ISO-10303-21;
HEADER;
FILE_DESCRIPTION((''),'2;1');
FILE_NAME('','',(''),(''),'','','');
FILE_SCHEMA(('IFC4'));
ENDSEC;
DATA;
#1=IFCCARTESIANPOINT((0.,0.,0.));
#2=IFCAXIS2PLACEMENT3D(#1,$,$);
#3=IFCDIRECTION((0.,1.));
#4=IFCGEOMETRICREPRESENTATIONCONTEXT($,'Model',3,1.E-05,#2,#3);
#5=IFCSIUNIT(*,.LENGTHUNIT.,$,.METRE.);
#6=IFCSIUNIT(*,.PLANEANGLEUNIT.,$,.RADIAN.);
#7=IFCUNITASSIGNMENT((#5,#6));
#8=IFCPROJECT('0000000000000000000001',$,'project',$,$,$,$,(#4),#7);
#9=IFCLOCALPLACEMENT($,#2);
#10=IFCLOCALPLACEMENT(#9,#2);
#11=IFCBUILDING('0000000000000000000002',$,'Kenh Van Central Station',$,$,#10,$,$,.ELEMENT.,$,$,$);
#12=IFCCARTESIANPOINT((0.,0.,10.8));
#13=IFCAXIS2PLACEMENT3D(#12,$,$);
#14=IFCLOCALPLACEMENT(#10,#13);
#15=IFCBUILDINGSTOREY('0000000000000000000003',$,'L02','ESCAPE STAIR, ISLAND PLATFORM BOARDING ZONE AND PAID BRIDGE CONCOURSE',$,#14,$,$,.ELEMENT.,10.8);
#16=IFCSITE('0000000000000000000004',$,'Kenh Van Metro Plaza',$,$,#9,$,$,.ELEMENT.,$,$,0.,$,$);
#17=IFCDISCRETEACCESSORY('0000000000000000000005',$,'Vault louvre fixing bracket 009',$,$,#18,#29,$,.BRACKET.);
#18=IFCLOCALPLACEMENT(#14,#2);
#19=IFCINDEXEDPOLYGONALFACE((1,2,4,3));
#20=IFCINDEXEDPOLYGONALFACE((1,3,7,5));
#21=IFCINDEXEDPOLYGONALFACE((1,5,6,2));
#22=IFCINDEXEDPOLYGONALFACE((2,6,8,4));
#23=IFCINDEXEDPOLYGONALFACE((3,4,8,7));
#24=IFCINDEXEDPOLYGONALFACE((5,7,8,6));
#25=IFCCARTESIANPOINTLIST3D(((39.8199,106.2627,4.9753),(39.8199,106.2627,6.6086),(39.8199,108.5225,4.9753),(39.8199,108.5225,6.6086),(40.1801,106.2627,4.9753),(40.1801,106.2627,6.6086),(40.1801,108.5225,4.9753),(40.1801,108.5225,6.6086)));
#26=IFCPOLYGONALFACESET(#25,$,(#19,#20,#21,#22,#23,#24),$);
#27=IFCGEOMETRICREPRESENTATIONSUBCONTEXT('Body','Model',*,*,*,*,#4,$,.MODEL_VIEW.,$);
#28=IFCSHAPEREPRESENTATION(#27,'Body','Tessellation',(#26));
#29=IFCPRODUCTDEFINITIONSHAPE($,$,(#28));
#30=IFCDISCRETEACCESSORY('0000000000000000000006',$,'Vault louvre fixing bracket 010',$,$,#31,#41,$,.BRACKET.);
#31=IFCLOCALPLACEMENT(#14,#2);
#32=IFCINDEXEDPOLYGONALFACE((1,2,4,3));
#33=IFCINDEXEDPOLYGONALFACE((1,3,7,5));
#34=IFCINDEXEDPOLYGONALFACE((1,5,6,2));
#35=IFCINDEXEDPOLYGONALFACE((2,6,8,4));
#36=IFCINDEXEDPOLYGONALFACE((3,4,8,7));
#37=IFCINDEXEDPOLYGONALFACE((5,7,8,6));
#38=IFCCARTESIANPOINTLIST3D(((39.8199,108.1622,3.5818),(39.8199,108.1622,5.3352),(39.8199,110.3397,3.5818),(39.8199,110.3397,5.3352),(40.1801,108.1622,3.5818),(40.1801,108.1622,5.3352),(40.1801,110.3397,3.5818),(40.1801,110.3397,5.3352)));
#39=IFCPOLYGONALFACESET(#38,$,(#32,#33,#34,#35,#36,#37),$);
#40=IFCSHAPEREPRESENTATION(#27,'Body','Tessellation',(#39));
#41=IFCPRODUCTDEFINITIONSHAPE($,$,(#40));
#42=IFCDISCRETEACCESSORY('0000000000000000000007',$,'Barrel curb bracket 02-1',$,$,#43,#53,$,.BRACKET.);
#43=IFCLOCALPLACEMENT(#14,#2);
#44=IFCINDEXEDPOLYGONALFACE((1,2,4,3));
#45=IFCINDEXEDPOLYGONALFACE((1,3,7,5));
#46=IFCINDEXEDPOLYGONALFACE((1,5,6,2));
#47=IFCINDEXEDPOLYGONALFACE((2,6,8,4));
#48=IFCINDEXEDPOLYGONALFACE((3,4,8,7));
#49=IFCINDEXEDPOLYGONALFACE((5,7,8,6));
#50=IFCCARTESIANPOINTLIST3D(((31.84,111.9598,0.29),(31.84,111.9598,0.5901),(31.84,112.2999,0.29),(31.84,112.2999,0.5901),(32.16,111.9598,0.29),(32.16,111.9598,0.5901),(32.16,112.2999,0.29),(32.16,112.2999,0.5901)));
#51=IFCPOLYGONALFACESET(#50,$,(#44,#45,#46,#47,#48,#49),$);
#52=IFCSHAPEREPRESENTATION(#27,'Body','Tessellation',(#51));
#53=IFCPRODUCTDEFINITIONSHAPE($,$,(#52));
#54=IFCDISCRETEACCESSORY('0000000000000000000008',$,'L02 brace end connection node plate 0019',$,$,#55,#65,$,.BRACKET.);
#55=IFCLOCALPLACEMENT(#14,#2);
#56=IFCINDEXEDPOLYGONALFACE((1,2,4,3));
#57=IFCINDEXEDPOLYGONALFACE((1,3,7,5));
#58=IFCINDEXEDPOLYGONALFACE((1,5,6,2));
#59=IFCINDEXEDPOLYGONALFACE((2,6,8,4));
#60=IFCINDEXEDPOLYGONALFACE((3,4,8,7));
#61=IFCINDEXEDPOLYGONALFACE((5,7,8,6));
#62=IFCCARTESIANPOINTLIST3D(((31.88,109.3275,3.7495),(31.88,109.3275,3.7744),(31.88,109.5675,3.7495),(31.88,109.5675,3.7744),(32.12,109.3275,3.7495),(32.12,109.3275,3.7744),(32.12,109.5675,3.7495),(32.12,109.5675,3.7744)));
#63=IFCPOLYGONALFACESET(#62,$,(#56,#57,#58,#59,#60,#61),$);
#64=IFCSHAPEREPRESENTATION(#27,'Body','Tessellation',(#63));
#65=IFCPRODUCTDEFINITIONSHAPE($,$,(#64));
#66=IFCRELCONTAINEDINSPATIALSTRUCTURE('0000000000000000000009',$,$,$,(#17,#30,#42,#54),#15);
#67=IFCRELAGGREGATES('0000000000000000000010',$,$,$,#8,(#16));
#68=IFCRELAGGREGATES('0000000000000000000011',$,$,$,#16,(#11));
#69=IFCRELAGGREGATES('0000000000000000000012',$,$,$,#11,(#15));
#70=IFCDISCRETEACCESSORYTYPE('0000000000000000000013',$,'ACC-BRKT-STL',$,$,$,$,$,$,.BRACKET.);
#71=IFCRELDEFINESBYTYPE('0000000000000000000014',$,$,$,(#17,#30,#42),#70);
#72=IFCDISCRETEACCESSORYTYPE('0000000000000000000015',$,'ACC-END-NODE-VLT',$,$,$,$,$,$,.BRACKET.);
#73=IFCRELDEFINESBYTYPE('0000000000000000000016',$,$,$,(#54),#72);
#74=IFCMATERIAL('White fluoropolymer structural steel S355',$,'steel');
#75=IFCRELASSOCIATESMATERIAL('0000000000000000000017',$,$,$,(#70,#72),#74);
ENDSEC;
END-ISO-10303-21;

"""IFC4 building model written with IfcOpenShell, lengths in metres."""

from ifc_helpers import new_model, si_unit, direction, frame, origin, origin_2d, place, context, subcontext, project, spatial, rectangle, extrude, material, type_object, element, save


model = new_model("IFC4")

# Units and contexts
model_context = context("Model", 3, precision=1e-05, world=origin(), true_north=direction((0.0, 1.0)))
body_context = subcontext(model_context, "Body", "Model", "MODEL_VIEW")
ifc_project = project(units=[si_unit("LENGTHUNIT", "METRE"), si_unit("PLANEANGLEUNIT", "RADIAN")], contexts=[model_context])

# Site, building, storey
site_placement = place(None, origin())
site = spatial("IfcSite", under=ifc_project, at=site_placement, Name="Kenh Van Metro Plaza", CompositionType="ELEMENT", RefElevation=0.0)
building_placement = place(site_placement, origin())
building = spatial("IfcBuilding", under=site, at=building_placement, Name="Kenh Van Central Station", CompositionType="ELEMENT")
storey_placement = place(building_placement, frame((0.0, 0.0, 10.8)))
storey = spatial("IfcBuildingStorey", under=building, at=storey_placement, Name="L02", Description="ESCAPE STAIR, ISLAND PLATFORM BOARDING ZONE AND PAID BRIDGE CONCOURSE", CompositionType="ELEMENT", Elevation=10.8)

# Shared definitions
ifc_material_1 = material(Name="White fluoropolymer structural steel S355", Category="steel")

# Discrete accessories
discrete_accessory_type_1 = type_object("IfcDiscreteAccessoryType", Name="ACC-BRKT-STL", PredefinedType="BRACKET", material=ifc_material_1)
discrete_accessory_1_placement = place(storey_placement, frame((40.0, 107.3926, 4.9753), z_axis=(0.0, 0.0, 1.0), x_axis=(1.0, 0.0, 0.0)))
element("IfcDiscreteAccessory", 1, at=discrete_accessory_1_placement, inside=storey, type_object=discrete_accessory_type_1, Name="Vault louvre fixing bracket 009", PredefinedType="BRACKET", context=body_context, shape_type="SweptSolid", body=[
    extrude(rectangle(XDim=0.3601, YDim=2.2598, at=origin_2d()), origin(), (0.0, 0.0, 1.0), 1.6333),
])
discrete_accessory_2_placement = place(storey_placement, frame((40.0, 109.251, 3.5818), z_axis=(0.0, 0.0, 1.0), x_axis=(1.0, 0.0, 0.0)))
element("IfcDiscreteAccessory", 2, at=discrete_accessory_2_placement, inside=storey, type_object=discrete_accessory_type_1, Name="Vault louvre fixing bracket 010", PredefinedType="BRACKET", context=body_context, shape_type="SweptSolid", body=[
    extrude(rectangle(XDim=0.3601, YDim=2.1775, at=origin_2d()), origin(), (0.0, 0.0, 1.0), 1.7534),
])
discrete_accessory_3_placement = place(storey_placement, frame((32.0, 112.1299, 0.29), z_axis=(0.0, 0.0, 1.0), x_axis=(1.0, 0.0, 0.0)))
element("IfcDiscreteAccessory", 3, at=discrete_accessory_3_placement, inside=storey, type_object=discrete_accessory_type_1, Name="Barrel curb bracket 02-1", PredefinedType="BRACKET", context=body_context, shape_type="SweptSolid", body=[
    extrude(rectangle(XDim=0.3201, YDim=0.3401, at=origin_2d()), origin(), (0.0, 0.0, 1.0), 0.3),
])
discrete_accessory_type_2 = type_object("IfcDiscreteAccessoryType", Name="ACC-END-NODE-VLT", PredefinedType="BRACKET", material=ifc_material_1)
discrete_accessory_4_placement = place(storey_placement, frame((32.0, 109.4475, 3.7495), z_axis=(0.0, 0.0, 1.0), x_axis=(1.0, 0.0, 0.0)))
element("IfcDiscreteAccessory", 4, at=discrete_accessory_4_placement, inside=storey, type_object=discrete_accessory_type_2, Name="L02 brace end connection node plate 0019", PredefinedType="BRACKET", context=body_context, shape_type="SweptSolid", body=[
    extrude(rectangle(XDim=0.24, YDim=0.24, at=origin_2d()), origin(), (0.0, 0.0, 1.0), 0.0249),
])

save(model, "model.ifc")
